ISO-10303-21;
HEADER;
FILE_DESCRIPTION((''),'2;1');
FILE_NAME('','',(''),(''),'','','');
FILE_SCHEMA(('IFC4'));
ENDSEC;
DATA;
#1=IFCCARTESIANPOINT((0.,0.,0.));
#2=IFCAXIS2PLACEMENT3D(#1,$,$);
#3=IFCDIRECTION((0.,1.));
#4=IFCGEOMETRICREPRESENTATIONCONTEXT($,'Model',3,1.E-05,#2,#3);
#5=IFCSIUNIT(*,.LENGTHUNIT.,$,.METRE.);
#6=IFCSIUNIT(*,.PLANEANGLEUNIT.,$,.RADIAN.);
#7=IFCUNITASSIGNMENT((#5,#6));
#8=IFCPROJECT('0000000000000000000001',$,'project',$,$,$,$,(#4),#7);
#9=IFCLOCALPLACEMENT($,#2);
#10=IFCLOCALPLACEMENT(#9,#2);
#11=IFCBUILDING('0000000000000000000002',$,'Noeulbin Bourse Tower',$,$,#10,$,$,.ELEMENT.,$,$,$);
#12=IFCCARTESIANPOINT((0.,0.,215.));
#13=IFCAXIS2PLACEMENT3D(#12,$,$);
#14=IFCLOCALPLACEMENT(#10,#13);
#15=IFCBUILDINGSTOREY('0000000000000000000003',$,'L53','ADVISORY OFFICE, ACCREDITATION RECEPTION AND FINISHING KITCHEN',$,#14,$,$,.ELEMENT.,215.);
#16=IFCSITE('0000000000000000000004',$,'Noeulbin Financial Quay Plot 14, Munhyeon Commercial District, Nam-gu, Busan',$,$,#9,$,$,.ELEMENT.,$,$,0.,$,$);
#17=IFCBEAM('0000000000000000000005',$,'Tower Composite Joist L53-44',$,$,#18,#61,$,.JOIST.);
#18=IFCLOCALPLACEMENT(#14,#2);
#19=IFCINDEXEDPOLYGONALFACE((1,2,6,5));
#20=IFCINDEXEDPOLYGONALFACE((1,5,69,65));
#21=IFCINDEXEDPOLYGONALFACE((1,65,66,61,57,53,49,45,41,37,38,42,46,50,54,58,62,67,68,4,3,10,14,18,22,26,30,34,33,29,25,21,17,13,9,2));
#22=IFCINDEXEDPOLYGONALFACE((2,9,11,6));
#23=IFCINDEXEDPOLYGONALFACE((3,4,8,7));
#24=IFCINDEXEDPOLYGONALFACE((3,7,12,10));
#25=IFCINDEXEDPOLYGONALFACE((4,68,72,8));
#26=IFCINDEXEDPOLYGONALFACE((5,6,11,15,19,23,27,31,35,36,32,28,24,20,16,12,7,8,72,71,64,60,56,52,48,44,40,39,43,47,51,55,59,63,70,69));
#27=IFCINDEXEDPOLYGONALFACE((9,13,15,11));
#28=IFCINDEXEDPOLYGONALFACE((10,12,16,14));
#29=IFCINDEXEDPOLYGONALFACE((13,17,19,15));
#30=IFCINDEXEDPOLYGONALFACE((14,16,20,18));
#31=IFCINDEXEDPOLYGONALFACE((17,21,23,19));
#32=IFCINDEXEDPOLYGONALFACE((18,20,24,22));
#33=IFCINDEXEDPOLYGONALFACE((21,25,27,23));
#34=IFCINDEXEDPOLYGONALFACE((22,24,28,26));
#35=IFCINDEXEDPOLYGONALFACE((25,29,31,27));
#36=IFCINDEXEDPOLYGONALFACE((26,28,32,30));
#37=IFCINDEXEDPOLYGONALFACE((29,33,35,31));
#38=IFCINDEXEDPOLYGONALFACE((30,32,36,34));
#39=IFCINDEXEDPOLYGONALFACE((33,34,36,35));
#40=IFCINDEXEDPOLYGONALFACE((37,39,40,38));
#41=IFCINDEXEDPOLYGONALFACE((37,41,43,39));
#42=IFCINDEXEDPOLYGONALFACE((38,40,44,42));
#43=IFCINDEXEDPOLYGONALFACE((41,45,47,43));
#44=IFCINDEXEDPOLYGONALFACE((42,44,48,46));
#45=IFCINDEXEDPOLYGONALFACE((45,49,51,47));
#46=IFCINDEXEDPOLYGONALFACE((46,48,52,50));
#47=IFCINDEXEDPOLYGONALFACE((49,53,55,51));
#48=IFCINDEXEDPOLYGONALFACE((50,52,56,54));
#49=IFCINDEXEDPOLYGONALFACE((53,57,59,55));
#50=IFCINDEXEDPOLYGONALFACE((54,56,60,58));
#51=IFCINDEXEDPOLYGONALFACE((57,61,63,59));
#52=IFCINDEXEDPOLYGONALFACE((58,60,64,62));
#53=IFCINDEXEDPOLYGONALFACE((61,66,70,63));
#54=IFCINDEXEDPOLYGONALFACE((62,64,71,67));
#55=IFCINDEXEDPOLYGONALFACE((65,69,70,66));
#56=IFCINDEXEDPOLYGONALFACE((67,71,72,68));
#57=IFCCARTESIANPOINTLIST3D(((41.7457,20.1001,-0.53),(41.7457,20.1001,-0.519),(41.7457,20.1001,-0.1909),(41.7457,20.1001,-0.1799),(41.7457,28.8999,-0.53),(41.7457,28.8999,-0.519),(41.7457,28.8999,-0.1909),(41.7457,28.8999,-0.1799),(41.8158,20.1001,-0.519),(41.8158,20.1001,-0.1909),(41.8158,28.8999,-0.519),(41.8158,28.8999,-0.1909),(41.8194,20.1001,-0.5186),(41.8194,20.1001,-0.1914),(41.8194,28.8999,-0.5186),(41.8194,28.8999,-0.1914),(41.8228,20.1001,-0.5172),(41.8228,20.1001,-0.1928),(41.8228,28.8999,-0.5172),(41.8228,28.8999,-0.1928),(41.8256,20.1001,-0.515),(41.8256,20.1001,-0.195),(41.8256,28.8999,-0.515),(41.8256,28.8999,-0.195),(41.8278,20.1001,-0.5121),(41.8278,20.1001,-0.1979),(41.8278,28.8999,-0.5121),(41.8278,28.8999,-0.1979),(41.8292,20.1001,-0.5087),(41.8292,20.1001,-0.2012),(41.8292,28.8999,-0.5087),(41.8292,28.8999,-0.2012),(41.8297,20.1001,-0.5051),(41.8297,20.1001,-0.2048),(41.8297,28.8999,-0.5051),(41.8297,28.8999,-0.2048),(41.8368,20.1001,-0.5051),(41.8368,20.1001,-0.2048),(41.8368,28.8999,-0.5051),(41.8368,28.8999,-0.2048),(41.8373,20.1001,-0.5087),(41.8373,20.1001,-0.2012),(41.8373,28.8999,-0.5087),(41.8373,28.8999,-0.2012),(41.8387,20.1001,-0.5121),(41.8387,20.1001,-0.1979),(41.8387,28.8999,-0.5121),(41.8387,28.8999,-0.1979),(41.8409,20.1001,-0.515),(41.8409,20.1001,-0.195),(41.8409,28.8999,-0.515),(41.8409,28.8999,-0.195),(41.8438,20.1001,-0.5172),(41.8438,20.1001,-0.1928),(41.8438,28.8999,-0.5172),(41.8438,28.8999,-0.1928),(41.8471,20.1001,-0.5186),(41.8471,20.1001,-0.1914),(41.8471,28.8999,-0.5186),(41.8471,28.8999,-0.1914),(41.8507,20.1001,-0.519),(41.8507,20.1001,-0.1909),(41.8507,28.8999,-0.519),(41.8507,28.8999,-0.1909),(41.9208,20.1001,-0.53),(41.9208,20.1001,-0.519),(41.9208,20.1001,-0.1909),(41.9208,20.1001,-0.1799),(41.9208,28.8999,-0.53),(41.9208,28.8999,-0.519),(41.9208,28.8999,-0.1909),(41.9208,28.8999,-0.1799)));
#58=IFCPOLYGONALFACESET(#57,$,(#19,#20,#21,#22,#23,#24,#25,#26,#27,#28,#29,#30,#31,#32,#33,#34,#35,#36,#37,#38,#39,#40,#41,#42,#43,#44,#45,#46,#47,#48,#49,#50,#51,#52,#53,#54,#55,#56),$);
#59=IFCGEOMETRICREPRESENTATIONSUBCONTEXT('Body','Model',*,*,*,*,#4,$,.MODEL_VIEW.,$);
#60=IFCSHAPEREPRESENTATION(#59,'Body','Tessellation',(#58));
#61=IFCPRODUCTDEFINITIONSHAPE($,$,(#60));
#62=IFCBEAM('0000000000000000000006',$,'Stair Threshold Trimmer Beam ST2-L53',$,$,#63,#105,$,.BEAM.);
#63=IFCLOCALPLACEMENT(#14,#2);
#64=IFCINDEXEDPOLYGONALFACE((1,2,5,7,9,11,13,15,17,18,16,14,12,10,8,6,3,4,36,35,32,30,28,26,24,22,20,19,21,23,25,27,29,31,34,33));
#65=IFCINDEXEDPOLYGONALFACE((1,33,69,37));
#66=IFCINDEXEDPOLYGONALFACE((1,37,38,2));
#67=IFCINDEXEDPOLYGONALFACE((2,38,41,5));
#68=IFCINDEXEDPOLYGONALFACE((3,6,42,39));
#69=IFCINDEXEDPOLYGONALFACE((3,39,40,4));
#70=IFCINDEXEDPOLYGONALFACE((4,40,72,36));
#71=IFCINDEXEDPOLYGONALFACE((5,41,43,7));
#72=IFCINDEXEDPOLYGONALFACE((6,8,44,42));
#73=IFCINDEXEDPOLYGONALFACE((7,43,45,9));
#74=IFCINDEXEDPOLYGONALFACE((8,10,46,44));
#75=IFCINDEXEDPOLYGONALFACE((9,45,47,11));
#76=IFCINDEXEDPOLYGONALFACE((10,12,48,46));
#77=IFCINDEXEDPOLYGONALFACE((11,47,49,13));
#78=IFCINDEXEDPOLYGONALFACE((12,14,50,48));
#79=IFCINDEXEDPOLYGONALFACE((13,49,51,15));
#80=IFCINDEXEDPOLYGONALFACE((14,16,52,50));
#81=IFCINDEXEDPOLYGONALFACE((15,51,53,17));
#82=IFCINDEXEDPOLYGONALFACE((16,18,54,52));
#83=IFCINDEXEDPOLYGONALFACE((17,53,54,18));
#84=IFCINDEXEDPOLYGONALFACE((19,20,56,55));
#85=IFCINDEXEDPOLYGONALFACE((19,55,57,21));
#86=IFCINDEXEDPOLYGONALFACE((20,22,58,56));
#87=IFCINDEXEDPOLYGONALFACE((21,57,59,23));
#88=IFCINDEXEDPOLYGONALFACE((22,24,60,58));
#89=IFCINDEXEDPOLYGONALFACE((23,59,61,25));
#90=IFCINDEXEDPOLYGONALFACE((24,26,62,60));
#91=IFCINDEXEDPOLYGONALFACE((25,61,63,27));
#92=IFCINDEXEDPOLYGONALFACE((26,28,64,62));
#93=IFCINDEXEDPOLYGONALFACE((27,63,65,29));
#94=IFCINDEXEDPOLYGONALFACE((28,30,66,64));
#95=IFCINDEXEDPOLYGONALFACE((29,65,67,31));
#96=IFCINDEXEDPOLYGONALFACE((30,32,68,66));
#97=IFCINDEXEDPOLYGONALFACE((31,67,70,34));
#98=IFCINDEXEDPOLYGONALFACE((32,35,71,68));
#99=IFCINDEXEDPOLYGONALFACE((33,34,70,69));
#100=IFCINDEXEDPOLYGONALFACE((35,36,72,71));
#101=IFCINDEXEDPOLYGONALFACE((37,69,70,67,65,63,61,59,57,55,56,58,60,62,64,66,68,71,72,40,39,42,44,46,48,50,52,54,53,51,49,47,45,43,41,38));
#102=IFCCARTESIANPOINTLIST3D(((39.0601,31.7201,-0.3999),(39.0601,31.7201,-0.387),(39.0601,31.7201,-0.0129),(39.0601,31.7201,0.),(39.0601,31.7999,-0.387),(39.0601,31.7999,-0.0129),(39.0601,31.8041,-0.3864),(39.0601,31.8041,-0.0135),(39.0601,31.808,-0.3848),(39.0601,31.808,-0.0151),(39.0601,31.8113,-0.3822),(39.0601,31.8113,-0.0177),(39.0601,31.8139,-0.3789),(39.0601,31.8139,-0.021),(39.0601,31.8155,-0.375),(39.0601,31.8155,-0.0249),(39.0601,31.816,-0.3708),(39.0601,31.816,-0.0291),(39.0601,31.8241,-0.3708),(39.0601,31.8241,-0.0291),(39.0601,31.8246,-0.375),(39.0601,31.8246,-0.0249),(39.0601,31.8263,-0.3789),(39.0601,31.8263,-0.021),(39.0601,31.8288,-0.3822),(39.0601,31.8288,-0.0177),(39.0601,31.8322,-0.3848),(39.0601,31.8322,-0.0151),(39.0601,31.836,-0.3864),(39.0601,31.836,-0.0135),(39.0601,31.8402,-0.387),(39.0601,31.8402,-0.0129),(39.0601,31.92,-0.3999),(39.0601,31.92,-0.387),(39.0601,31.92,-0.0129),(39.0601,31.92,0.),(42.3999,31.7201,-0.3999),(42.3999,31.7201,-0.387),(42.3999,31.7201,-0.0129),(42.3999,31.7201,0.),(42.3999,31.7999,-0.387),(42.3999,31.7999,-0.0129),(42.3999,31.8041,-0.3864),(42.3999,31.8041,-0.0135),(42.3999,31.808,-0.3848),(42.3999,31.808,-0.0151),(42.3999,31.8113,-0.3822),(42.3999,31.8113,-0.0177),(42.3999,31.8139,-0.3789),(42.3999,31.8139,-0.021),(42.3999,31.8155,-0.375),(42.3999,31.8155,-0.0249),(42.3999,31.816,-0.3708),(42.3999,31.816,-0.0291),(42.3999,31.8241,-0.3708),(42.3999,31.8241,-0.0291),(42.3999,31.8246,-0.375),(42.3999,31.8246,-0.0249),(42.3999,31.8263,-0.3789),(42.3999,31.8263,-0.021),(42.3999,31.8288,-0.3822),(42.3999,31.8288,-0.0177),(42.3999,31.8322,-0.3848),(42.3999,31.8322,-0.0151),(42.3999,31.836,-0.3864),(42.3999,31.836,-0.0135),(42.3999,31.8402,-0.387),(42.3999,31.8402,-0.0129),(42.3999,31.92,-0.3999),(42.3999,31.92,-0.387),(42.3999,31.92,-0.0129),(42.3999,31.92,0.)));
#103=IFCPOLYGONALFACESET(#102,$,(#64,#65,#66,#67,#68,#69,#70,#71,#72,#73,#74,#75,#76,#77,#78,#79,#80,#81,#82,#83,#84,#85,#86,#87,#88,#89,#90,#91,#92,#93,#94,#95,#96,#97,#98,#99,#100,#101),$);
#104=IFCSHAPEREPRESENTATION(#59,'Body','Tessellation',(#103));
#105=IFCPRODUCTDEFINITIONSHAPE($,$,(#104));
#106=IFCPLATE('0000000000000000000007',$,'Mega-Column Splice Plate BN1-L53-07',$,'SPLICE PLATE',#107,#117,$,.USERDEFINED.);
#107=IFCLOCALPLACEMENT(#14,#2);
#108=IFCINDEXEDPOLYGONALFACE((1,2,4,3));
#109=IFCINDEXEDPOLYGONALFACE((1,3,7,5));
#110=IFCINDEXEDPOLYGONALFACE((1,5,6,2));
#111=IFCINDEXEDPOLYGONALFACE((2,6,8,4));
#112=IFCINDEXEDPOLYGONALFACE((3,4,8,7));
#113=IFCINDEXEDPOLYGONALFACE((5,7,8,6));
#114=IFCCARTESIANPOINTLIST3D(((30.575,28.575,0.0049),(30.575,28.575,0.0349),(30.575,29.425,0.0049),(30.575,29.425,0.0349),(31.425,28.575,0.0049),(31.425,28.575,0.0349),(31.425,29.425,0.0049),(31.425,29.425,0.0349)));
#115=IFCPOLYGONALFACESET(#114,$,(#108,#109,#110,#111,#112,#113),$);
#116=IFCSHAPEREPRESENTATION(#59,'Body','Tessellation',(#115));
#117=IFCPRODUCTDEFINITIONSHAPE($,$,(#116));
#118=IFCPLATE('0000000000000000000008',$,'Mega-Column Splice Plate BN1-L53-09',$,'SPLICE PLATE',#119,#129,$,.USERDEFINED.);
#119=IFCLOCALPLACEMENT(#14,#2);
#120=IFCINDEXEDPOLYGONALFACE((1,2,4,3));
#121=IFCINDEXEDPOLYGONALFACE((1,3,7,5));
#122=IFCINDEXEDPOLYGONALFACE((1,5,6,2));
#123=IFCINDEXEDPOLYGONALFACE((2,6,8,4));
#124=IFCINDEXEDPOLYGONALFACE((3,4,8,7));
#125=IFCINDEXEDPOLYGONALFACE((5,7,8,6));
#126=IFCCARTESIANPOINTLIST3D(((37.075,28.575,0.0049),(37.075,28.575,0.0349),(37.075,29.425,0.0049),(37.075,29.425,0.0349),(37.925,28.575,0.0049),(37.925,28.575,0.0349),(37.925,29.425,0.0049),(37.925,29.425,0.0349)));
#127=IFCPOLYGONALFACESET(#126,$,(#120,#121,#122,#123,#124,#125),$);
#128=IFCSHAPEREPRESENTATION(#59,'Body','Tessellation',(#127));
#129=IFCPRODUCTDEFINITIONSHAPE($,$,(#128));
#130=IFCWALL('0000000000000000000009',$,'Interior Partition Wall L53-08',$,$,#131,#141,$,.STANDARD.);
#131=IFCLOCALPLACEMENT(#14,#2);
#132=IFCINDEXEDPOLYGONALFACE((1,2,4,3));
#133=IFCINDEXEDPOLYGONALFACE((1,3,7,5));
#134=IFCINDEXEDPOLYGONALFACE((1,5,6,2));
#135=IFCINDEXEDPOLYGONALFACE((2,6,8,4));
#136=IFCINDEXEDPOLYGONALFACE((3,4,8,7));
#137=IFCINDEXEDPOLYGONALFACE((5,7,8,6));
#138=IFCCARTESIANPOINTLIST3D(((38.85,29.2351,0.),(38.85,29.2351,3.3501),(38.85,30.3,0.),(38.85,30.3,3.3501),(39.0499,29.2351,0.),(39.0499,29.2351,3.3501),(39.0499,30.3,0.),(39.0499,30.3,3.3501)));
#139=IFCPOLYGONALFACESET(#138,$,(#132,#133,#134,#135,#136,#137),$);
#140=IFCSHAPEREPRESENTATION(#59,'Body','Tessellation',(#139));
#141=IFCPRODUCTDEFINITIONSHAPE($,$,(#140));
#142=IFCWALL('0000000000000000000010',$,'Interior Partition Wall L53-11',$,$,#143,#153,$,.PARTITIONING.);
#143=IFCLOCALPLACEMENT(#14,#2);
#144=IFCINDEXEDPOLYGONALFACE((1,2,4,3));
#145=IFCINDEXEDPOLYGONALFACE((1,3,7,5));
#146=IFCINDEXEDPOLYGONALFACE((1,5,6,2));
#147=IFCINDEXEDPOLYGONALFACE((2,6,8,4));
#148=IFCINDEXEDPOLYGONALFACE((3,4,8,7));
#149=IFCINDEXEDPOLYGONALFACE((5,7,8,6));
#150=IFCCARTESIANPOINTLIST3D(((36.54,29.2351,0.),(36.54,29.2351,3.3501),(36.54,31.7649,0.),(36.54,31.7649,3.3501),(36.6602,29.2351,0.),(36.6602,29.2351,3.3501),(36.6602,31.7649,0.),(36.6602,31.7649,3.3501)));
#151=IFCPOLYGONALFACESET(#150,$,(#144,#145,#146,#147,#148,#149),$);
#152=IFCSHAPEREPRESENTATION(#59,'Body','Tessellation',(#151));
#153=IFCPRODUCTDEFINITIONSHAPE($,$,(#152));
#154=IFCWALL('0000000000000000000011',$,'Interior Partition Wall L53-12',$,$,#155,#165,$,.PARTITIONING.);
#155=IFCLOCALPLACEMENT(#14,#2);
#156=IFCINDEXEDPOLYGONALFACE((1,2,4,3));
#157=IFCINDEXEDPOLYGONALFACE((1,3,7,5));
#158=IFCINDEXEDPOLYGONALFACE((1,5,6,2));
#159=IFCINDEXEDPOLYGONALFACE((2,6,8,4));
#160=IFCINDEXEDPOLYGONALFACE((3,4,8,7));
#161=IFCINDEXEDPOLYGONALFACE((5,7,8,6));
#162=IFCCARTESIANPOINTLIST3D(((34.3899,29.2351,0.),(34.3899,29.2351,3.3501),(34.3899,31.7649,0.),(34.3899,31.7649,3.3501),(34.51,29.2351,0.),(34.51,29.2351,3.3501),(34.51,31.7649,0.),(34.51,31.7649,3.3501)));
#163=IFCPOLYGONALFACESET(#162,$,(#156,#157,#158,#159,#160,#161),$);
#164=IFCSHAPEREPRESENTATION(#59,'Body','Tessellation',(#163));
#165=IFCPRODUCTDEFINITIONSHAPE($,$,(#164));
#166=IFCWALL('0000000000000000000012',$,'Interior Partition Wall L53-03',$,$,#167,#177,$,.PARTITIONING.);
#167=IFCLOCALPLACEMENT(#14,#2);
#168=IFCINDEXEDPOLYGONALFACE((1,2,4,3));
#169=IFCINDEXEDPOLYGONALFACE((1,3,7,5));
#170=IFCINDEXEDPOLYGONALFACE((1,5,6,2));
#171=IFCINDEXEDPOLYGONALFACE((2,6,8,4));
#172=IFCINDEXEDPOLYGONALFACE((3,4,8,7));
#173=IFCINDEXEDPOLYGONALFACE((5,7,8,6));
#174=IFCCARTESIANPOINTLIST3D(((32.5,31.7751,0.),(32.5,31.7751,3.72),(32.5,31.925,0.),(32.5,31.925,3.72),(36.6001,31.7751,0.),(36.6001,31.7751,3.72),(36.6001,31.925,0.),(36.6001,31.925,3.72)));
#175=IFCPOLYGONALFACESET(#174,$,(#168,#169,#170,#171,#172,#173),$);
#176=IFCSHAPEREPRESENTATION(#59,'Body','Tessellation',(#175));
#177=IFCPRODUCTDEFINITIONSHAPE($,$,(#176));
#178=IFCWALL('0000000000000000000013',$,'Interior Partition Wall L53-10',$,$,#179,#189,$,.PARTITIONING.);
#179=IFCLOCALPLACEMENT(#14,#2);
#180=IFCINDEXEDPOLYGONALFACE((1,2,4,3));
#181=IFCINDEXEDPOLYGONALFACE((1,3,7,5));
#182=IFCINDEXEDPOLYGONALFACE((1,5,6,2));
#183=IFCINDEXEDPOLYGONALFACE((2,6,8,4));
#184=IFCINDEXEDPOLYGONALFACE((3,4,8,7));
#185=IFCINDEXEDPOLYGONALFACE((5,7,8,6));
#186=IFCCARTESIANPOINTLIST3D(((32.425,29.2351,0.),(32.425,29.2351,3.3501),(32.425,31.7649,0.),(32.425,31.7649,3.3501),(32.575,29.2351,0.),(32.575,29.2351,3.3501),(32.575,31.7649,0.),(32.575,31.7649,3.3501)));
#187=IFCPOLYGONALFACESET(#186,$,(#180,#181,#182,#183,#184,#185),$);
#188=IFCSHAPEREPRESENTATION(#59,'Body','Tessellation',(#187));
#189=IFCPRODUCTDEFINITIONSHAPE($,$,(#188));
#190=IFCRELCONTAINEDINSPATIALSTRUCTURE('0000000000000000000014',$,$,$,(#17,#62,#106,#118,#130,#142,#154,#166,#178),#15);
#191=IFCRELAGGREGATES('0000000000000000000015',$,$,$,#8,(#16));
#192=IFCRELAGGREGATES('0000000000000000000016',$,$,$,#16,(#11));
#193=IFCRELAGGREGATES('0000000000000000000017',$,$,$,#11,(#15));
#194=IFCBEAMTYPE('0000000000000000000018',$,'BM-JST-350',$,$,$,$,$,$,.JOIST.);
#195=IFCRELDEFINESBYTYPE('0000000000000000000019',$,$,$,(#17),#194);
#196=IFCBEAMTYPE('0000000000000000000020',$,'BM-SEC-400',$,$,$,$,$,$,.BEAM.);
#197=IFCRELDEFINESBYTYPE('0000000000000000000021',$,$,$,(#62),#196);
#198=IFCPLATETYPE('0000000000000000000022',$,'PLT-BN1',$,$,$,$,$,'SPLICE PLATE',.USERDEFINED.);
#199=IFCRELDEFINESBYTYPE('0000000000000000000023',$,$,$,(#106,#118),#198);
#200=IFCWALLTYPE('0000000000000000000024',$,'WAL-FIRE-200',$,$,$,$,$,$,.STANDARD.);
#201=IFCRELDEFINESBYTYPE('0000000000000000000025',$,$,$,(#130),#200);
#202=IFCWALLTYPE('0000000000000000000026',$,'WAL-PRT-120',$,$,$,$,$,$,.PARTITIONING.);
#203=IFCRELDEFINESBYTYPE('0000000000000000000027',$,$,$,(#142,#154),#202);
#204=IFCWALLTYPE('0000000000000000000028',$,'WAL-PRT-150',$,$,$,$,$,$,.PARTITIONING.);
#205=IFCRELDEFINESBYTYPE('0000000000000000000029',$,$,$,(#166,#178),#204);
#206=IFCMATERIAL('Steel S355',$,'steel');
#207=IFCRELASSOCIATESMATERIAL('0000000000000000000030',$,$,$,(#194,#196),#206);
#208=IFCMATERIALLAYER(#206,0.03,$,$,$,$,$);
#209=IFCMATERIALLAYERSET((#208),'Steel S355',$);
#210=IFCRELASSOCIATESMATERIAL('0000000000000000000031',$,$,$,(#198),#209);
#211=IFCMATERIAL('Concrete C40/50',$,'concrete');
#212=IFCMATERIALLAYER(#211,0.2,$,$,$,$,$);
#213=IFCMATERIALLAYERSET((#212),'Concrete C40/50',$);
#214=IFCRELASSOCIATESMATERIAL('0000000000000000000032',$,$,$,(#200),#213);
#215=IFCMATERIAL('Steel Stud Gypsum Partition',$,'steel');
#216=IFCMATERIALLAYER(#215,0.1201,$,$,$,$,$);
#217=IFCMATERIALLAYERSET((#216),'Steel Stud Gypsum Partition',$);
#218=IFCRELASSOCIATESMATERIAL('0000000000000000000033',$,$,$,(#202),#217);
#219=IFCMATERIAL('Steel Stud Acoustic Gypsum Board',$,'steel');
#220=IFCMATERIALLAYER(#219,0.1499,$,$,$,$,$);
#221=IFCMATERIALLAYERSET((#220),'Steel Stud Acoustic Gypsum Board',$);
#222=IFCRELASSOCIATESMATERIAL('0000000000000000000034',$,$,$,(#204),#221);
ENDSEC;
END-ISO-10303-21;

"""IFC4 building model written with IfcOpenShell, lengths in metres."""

from ifc_helpers import new_model, si_unit, direction, frame, frame_2d, origin, origin_2d, place, context, subcontext, project, spatial, rectangle, i_section, extrude, material, layer, layer_set, material_profile, profile_set, type_object, element, save


model = new_model("IFC4")

# Units and contexts
model_context = context("Model", 3, precision=1e-05, world=origin(), true_north=direction((0.0, 1.0)))
body_context = subcontext(model_context, "Body", "Model", "MODEL_VIEW")
ifc_project = project(units=[si_unit("LENGTHUNIT", "METRE"), si_unit("PLANEANGLEUNIT", "RADIAN")], contexts=[model_context])

# Site, building, storey
site_placement = place(None, origin())
site = spatial("IfcSite", under=ifc_project, at=site_placement, Name="Noeulbin Financial Quay Plot 14, Munhyeon Commercial District, Nam-gu, Busan", CompositionType="ELEMENT", RefElevation=0.0)
building_placement = place(site_placement, origin())
building = spatial("IfcBuilding", under=site, at=building_placement, Name="Noeulbin Bourse Tower", CompositionType="ELEMENT")
storey_placement = place(building_placement, frame((0.0, 0.0, 215.0)))
storey = spatial("IfcBuildingStorey", under=building, at=storey_placement, Name="L53", Description="ADVISORY OFFICE, ACCREDITATION RECEPTION AND FINISHING KITCHEN", CompositionType="ELEMENT", Elevation=215.0)

# Shared definitions
ifc_material_1 = material(Name="Steel S355", Category="steel")

# Beams
ifc_material_profile_1 = material_profile(ifc_material_1, i_section(OverallWidth=0.175, OverallDepth=0.3501, WebThickness=0.0071, FlangeThickness=0.011, FilletRadius=0.0139, at=origin_2d()), Name="H-350x175x7x11", Category="LoadBearing")
ifc_profile_set_1 = profile_set([ifc_material_profile_1], Name="Steel S355")
beam_type_1 = type_object("IfcBeamType", Name="BM-JST-350", PredefinedType="JOIST", material=ifc_profile_set_1)
for number, where, z_axis, x_axis, name in (
    (1, (41.8333, 20.1001, -0.355), (0.0, 1.0, 0.0), (-1.0, 0.0, 0.0), "Tower Composite Joist L53-44"),
):
    element("IfcBeam", number, at=place(storey_placement, frame(where, z_axis=z_axis, x_axis=x_axis)), inside=storey, type_object=beam_type_1, Name=name, PredefinedType="JOIST", context=body_context, shape_type="SweptSolid", body=[
        extrude(i_section(OverallWidth=0.175, OverallDepth=0.3501, WebThickness=0.0071, FlangeThickness=0.011, FilletRadius=0.0139, at=origin_2d()), origin(), (0.0, 0.0, 1.0), 8.7998),
    ])
ifc_material_profile_2 = material_profile(ifc_material_1, i_section(OverallWidth=0.2, OverallDepth=0.3999, WebThickness=0.0081, FlangeThickness=0.0129, FilletRadius=0.0161, at=origin_2d()), Name="H-400x200x8x13", Category="LoadBearing")
ifc_profile_set_2 = profile_set([ifc_material_profile_2], Name="Steel S355")
beam_type_2 = type_object("IfcBeamType", Name="BM-SEC-400", PredefinedType="BEAM", material=ifc_profile_set_2)
beam_placement = place(storey_placement, frame((39.0601, 31.8201, -0.2), z_axis=(1.0, 0.0, 0.0), x_axis=(0.0, 1.0, 0.0)))
element("IfcBeam", 2, at=beam_placement, inside=storey, type_object=beam_type_2, Name="Stair Threshold Trimmer Beam ST2-L53", PredefinedType="BEAM", context=body_context, shape_type="SweptSolid", body=[
    extrude(i_section(OverallWidth=0.2, OverallDepth=0.3999, WebThickness=0.0081, FlangeThickness=0.0129, FilletRadius=0.0161, at=origin_2d()), origin(), (0.0, 0.0, 1.0), 3.3398),
])

# Plates
ifc_layer_1 = layer(ifc_material_1, 0.03)
ifc_layer_set_1 = layer_set([ifc_layer_1], Name="Steel S355")
plate_type = type_object("IfcPlateType", Name="PLT-BN1", ElementType="SPLICE PLATE", PredefinedType="USERDEFINED", material=ifc_layer_set_1)
for number, where, z_axis, x_axis, name in (
    (3, (31.0, 29.0, 0.0049), (0.0, 0.0, 1.0), (1.0, 0.0, 0.0), "Mega-Column Splice Plate BN1-L53-07"),
    (4, (37.5, 29.0, 0.0049), (0.0, 0.0, 1.0), (1.0, 0.0, 0.0), "Mega-Column Splice Plate BN1-L53-09"),
):
    element("IfcPlate", number, at=place(storey_placement, frame(where, z_axis=z_axis, x_axis=x_axis)), inside=storey, type_object=plate_type, Name=name, ObjectType="SPLICE PLATE", PredefinedType="USERDEFINED", context=body_context, shape_type="SweptSolid", body=[
        extrude(rectangle(XDim=0.8501, YDim=0.8501, at=origin_2d()), origin(), (0.0, 0.0, 1.0), 0.03),
    ])

# Walls
ifc_material_2 = material(Name="Concrete C40/50", Category="concrete")
ifc_layer_2 = layer(ifc_material_2, 0.2)
ifc_layer_set_2 = layer_set([ifc_layer_2], Name="Concrete C40/50")
wall_type_1 = type_object("IfcWallType", Name="WAL-FIRE-200", PredefinedType="STANDARD", material=ifc_layer_set_2)
wall_1_placement = place(storey_placement, frame((38.95, 29.2351, 0.0), z_axis=(0.0, 0.0, 1.0), x_axis=(0.0, 1.0, 0.0)))
element("IfcWall", 5, at=wall_1_placement, inside=storey, type_object=wall_type_1, Name="Interior Partition Wall L53-08", PredefinedType="STANDARD", context=body_context, shape_type="SweptSolid", body=[
    extrude(rectangle(XDim=1.0649, YDim=0.2, at=frame_2d((0.5325, 0.0))), origin(), (0.0, 0.0, 1.0), 3.3501),
])
ifc_material_3 = material(Name="Steel Stud Gypsum Partition", Category="steel")
ifc_layer_3 = layer(ifc_material_3, 0.1201)
ifc_layer_set_3 = layer_set([ifc_layer_3], Name="Steel Stud Gypsum Partition")
wall_type_2 = type_object("IfcWallType", Name="WAL-PRT-120", PredefinedType="PARTITIONING", material=ifc_layer_set_3)
for number, where, z_axis, x_axis, name in (
    (6, (36.6001, 29.2351, 0.0), (0.0, 0.0, 1.0), (0.0, 1.0, 0.0), "Interior Partition Wall L53-11"),
    (7, (34.45, 29.2351, 0.0), (0.0, 0.0, 1.0), (0.0, 1.0, 0.0), "Interior Partition Wall L53-12"),
):
    element("IfcWall", number, at=place(storey_placement, frame(where, z_axis=z_axis, x_axis=x_axis)), inside=storey, type_object=wall_type_2, Name=name, PredefinedType="PARTITIONING", context=body_context, shape_type="SweptSolid", body=[
        extrude(rectangle(XDim=2.5298, YDim=0.1201, at=frame_2d((1.2649, 0.0))), origin(), (0.0, 0.0, 1.0), 3.3501),
    ])
ifc_material_4 = material(Name="Steel Stud Acoustic Gypsum Board", Category="steel")
ifc_layer_4 = layer(ifc_material_4, 0.1499)
ifc_layer_set_4 = layer_set([ifc_layer_4], Name="Steel Stud Acoustic Gypsum Board")
wall_type_3 = type_object("IfcWallType", Name="WAL-PRT-150", PredefinedType="PARTITIONING", material=ifc_layer_set_4)
wall_2_placement = place(storey_placement, frame((32.5, 31.8501, 0.0), z_axis=(0.0, 0.0, 1.0), x_axis=(1.0, 0.0, 0.0)))
element("IfcWall", 8, at=wall_2_placement, inside=storey, type_object=wall_type_3, Name="Interior Partition Wall L53-03", PredefinedType="PARTITIONING", context=body_context, shape_type="SweptSolid", body=[
    extrude(rectangle(XDim=4.1001, YDim=0.1499, at=frame_2d((2.05, 0.0))), origin(), (0.0, 0.0, 1.0), 3.72),
])
wall_3_placement = place(storey_placement, frame((32.5, 29.2351, 0.0), z_axis=(0.0, 0.0, 1.0), x_axis=(0.0, 1.0, 0.0)))
element("IfcWall", 9, at=wall_3_placement, inside=storey, type_object=wall_type_3, Name="Interior Partition Wall L53-10", PredefinedType="PARTITIONING", context=body_context, shape_type="SweptSolid", body=[
    extrude(rectangle(XDim=2.5298, YDim=0.1499, at=frame_2d((1.2649, 0.0))), origin(), (0.0, 0.0, 1.0), 3.3501),
])

save(model, "model.ifc")
